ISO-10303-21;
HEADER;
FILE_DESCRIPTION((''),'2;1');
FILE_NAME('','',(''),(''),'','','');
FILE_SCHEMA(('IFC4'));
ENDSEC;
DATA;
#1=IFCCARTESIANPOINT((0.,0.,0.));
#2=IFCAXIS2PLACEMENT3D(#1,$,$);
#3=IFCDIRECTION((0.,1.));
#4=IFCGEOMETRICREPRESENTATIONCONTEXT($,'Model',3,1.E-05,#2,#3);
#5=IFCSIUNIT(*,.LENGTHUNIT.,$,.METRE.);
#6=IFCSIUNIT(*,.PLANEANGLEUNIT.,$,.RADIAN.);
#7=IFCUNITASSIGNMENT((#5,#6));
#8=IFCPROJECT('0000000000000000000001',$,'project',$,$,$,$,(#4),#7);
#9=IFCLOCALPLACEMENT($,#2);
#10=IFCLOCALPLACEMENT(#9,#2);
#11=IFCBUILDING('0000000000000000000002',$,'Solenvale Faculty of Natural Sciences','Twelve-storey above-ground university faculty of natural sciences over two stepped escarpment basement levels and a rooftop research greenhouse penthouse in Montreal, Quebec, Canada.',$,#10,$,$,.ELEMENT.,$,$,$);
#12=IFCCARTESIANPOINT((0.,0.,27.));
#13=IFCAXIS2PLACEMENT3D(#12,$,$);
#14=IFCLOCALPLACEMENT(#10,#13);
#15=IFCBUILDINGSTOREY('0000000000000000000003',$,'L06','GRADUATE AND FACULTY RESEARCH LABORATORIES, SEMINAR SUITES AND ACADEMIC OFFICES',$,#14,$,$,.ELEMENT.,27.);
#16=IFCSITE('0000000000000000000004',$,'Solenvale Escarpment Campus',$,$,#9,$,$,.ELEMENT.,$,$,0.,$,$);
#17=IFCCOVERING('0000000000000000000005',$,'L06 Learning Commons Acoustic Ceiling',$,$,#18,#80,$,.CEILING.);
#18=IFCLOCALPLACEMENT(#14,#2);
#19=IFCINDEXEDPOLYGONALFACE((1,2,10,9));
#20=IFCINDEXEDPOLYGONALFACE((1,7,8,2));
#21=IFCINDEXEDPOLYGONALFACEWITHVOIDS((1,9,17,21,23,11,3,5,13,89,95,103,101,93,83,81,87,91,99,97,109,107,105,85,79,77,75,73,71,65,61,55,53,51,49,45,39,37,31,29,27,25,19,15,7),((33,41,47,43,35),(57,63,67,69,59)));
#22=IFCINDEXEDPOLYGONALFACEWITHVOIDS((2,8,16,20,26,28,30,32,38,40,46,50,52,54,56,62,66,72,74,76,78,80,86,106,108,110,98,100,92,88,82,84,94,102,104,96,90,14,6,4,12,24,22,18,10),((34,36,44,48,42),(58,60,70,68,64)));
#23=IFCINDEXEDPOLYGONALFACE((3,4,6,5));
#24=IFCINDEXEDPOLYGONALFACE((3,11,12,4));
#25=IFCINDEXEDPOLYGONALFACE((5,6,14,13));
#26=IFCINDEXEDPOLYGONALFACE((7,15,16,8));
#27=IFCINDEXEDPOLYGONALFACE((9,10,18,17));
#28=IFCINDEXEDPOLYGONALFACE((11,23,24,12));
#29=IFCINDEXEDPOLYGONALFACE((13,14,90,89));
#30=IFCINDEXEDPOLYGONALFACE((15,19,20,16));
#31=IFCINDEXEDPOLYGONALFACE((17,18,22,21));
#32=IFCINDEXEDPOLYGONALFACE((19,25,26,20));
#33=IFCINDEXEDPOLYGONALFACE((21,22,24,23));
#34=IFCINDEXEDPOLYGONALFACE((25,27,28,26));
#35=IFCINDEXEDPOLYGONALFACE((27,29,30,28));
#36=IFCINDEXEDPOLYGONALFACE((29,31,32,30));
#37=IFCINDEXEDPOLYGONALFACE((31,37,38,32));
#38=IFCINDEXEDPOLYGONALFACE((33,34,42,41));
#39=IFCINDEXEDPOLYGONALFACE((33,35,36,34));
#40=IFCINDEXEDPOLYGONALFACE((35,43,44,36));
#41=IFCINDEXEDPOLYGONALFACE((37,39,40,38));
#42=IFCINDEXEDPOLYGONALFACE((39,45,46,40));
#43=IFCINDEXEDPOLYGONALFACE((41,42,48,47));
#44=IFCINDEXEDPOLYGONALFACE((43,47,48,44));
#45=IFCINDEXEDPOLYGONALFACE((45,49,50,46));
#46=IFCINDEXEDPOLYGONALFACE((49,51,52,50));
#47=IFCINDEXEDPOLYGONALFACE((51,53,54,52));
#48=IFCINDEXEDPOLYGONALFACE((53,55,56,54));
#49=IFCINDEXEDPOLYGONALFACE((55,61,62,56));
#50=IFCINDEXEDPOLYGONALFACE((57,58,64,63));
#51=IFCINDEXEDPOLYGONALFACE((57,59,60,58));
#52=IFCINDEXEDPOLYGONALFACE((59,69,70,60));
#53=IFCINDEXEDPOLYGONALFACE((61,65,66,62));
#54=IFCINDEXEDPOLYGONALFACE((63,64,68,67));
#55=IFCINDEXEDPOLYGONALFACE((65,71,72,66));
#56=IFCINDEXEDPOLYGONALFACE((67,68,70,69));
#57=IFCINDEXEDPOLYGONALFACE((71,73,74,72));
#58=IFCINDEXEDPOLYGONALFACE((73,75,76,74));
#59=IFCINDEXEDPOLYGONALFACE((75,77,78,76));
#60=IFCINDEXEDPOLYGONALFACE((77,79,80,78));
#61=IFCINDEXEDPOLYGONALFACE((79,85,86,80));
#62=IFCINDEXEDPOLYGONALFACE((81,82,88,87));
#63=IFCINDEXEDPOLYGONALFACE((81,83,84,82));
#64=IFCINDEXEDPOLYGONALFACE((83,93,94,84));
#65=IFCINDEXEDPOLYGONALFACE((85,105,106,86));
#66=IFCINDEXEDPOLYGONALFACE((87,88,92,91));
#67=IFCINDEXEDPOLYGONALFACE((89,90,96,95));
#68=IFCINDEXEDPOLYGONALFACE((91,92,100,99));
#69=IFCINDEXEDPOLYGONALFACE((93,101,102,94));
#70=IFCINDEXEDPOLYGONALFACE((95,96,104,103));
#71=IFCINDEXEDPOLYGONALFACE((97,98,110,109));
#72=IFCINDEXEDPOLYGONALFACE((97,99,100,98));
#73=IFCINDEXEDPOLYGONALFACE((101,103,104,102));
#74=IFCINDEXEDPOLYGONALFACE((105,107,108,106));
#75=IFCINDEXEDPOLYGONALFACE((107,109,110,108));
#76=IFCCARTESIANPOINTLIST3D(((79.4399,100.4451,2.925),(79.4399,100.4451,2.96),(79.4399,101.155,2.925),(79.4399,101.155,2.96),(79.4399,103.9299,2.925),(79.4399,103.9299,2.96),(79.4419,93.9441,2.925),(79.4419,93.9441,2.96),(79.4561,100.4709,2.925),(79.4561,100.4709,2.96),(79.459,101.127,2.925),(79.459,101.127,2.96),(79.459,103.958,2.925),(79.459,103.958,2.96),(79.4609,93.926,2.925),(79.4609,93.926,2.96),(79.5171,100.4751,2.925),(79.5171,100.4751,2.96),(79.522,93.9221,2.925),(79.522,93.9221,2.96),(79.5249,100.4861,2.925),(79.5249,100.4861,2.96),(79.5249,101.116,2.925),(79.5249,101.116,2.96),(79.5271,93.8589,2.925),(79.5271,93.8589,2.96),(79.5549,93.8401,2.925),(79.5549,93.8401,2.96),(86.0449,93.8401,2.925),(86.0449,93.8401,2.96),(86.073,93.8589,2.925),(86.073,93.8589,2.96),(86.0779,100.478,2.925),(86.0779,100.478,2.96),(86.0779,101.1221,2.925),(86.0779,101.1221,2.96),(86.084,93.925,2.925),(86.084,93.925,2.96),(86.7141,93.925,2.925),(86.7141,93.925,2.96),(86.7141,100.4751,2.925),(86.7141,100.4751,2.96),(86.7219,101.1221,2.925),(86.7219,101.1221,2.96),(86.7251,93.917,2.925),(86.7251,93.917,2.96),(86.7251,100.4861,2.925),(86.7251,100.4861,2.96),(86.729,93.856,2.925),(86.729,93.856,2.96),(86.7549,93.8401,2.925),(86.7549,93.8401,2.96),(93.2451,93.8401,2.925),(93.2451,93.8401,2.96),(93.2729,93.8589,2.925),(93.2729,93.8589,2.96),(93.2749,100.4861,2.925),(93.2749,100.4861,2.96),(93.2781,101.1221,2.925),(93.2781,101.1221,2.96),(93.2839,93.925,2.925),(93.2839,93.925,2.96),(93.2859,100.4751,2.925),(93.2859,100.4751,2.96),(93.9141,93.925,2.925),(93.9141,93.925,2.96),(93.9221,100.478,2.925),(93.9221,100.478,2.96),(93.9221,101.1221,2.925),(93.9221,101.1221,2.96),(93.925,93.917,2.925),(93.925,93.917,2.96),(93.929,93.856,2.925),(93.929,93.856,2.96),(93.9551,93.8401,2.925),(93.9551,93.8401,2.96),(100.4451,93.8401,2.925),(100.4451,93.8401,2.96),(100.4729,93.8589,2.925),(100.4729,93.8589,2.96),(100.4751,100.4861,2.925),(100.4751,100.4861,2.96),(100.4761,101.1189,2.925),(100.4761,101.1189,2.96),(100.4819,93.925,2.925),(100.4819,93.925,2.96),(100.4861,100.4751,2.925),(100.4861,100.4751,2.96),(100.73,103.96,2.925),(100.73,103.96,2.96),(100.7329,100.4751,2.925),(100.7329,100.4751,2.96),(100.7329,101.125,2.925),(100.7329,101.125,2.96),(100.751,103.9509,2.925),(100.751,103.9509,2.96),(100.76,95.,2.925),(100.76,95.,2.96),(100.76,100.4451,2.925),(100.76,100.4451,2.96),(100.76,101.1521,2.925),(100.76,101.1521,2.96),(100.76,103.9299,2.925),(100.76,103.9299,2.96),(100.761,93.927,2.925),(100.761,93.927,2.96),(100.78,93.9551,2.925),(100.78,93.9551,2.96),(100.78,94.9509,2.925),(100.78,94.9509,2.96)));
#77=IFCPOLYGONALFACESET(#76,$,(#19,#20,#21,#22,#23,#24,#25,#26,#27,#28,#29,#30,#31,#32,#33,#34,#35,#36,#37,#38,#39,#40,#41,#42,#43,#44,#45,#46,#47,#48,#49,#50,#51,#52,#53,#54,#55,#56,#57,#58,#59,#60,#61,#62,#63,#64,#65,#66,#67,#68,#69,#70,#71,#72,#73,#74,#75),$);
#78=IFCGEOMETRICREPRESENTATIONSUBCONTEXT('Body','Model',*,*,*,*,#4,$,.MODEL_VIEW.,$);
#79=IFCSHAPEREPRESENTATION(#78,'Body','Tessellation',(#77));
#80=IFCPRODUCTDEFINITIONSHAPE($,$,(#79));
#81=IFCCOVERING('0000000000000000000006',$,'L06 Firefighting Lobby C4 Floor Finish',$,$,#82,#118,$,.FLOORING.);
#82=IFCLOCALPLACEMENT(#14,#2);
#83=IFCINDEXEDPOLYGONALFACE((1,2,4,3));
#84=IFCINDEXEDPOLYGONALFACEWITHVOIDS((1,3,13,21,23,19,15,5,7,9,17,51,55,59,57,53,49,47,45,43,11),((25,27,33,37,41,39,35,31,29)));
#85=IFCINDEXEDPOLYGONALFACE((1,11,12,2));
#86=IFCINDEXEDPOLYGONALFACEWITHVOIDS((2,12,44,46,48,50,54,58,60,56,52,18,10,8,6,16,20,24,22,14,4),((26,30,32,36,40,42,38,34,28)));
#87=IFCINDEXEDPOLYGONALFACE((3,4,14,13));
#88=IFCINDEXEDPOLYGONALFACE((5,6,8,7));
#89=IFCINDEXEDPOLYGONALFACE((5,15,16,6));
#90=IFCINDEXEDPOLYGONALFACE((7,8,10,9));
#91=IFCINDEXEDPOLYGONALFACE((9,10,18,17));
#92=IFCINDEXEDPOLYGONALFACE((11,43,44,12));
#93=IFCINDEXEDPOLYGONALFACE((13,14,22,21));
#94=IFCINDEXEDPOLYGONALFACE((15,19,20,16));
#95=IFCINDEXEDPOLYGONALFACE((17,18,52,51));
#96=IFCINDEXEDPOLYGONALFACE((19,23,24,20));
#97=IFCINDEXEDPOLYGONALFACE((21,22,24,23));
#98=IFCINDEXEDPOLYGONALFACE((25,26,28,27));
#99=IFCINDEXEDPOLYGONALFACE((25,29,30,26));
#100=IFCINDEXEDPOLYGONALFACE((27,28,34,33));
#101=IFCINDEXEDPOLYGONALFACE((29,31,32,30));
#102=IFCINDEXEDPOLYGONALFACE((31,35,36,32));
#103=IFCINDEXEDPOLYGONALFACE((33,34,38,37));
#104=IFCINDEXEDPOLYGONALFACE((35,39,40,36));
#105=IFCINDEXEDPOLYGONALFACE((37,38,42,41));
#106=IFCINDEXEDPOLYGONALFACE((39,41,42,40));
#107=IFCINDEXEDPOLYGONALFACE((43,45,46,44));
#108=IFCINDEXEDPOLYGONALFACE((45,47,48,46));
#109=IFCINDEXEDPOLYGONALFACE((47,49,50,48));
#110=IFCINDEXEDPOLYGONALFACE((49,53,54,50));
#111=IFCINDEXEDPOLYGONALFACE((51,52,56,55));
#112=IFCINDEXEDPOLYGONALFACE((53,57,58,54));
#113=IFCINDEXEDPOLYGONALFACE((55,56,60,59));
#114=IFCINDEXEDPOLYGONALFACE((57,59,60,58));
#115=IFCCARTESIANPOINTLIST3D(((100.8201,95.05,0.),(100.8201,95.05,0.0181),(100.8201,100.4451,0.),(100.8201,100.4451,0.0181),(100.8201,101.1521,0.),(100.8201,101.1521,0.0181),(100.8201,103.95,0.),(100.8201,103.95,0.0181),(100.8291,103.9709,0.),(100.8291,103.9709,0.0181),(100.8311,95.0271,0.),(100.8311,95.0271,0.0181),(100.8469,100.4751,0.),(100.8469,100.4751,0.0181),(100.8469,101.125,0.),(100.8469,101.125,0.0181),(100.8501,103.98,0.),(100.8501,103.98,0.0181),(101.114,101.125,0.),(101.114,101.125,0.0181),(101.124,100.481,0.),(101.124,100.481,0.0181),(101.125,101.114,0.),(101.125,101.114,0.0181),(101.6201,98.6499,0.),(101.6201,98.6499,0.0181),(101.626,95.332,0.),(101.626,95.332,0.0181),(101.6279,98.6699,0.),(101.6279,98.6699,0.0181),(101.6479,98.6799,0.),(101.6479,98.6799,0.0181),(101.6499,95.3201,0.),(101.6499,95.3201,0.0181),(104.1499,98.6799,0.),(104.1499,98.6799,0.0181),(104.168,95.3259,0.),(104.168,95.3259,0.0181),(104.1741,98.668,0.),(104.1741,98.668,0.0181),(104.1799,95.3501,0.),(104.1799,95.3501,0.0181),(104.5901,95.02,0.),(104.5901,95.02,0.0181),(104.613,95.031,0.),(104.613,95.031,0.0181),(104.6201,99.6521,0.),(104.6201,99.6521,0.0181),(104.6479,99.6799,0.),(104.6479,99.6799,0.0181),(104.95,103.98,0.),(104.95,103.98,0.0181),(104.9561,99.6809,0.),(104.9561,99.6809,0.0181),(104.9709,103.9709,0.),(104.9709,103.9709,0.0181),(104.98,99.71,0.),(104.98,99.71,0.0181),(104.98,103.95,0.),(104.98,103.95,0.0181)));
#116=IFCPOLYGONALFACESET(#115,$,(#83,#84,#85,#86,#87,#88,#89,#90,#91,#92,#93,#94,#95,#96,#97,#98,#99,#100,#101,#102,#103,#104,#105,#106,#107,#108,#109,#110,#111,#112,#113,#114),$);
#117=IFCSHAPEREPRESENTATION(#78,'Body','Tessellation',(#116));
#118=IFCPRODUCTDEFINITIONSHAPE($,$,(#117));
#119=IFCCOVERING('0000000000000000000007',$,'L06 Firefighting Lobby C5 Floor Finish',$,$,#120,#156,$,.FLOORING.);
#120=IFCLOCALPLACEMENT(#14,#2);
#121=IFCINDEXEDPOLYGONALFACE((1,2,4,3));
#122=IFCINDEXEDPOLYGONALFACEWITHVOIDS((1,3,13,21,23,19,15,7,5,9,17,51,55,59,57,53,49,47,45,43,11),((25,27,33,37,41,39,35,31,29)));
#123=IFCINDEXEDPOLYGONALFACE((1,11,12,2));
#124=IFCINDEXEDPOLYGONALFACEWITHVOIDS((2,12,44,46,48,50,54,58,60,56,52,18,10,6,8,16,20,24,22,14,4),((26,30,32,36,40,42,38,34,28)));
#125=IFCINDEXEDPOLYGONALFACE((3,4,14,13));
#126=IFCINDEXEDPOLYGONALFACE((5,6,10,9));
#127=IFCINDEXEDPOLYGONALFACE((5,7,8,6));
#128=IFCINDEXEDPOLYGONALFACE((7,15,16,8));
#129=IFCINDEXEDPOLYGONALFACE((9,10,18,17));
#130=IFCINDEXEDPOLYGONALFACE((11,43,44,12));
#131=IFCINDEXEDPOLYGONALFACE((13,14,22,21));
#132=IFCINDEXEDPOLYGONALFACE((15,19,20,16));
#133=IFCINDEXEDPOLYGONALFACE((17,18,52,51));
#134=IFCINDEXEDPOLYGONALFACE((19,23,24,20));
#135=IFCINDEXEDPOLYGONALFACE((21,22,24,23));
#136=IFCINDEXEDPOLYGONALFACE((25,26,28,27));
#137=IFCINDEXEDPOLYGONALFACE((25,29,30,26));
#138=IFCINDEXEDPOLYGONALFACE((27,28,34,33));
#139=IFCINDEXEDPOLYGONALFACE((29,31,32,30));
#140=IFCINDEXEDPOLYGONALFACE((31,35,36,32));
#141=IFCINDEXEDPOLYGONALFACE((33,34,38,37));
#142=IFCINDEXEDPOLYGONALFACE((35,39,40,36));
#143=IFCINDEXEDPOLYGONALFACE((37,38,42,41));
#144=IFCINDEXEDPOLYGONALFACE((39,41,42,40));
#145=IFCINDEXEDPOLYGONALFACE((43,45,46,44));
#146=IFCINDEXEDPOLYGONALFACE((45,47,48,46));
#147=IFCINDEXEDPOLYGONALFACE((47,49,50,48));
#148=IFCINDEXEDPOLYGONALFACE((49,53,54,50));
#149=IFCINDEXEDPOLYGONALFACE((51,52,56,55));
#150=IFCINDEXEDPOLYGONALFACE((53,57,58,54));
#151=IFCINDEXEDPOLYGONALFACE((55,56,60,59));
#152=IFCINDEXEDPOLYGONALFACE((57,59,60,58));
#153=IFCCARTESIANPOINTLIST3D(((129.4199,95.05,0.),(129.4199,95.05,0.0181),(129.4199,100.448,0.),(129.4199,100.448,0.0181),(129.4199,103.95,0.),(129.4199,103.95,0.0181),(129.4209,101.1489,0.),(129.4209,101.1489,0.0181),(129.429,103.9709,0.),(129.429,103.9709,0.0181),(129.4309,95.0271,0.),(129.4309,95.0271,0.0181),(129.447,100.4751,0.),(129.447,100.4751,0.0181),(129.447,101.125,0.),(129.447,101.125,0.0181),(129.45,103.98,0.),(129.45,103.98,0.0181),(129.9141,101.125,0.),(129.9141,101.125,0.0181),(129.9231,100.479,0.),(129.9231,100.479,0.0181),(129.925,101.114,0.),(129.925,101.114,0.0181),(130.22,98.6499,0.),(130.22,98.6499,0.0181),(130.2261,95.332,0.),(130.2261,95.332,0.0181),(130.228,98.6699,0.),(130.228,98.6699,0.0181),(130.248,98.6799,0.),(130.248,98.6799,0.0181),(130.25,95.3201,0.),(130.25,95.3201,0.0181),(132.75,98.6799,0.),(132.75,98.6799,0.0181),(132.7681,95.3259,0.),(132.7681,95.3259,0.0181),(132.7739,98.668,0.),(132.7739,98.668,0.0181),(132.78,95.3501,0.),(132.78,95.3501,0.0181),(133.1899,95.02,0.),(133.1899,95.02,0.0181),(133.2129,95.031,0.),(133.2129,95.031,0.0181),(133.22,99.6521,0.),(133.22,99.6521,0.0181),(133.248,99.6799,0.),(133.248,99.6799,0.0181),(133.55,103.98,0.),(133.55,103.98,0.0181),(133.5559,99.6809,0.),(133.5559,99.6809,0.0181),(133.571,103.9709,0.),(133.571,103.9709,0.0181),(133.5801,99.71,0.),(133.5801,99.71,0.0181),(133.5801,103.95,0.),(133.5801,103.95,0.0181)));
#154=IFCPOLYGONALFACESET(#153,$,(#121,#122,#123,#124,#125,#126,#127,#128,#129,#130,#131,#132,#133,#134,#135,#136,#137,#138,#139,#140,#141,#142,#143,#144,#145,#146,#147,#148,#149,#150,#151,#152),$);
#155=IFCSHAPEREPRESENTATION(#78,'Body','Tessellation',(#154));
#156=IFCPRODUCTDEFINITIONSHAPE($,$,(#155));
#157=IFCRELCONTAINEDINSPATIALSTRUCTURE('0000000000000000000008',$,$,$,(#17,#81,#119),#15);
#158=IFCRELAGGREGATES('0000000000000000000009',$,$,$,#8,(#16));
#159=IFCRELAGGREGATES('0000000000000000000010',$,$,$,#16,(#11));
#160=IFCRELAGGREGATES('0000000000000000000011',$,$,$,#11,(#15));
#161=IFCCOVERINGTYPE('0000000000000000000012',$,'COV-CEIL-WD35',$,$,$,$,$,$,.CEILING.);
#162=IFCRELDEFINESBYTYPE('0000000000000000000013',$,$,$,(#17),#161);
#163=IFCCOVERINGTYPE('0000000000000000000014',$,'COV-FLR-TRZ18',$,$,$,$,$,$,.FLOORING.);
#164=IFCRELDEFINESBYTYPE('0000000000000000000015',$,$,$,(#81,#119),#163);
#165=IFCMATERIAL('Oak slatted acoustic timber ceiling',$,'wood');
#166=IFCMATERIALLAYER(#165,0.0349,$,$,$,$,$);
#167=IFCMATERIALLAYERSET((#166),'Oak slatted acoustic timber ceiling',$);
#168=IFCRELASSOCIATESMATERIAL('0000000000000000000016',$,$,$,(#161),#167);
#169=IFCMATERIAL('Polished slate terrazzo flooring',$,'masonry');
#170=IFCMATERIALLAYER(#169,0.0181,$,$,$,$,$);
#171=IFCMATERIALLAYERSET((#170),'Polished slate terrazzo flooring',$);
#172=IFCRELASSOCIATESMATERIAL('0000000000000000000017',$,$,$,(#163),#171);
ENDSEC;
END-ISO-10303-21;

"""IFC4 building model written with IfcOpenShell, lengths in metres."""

from ifc_helpers import new_model, si_unit, direction, frame, origin, place, context, subcontext, project, spatial, polyline, outline, extrude, material, layer, layer_set, type_object, element, save


model = new_model("IFC4")

# Units and contexts
model_context = context("Model", 3, precision=1e-05, world=origin(), true_north=direction((0.0, 1.0)))
body_context = subcontext(model_context, "Body", "Model", "MODEL_VIEW")
ifc_project = project(units=[si_unit("LENGTHUNIT", "METRE"), si_unit("PLANEANGLEUNIT", "RADIAN")], contexts=[model_context])

# Site, building, storey
site_placement = place(None, origin())
site = spatial("IfcSite", under=ifc_project, at=site_placement, Name="Solenvale Escarpment Campus", CompositionType="ELEMENT", RefElevation=0.0)
building_placement = place(site_placement, origin())
building = spatial("IfcBuilding", under=site, at=building_placement, Name="Solenvale Faculty of Natural Sciences", Description="Twelve-storey above-ground university faculty of natural sciences over two stepped escarpment basement levels and a rooftop research greenhouse penthouse in Montreal, Quebec, Canada.", CompositionType="ELEMENT")
storey_placement = place(building_placement, frame((0.0, 0.0, 27.0)))
storey = spatial("IfcBuildingStorey", under=building, at=storey_placement, Name="L06", Description="GRADUATE AND FACULTY RESEARCH LABORATORIES, SEMINAR SUITES AND ACADEMIC OFFICES", CompositionType="ELEMENT", Elevation=27.0)

# Coverings
ifc_material_1 = material(Name="Oak slatted acoustic timber ceiling", Category="wood")
ifc_layer_1 = layer(ifc_material_1, 0.0349)
ifc_layer_set_1 = layer_set([ifc_layer_1], Name="Oak slatted acoustic timber ceiling")
covering_type_1 = type_object("IfcCoveringType", Name="COV-CEIL-WD35", PredefinedType="CEILING", material=ifc_layer_set_1)
covering_1_placement = place(storey_placement, frame((0.0, 0.0, 2.925)))
element("IfcCovering", 1, at=covering_1_placement, inside=storey, type_object=covering_type_1, Name="L06 Learning Commons Acoustic Ceiling", PredefinedType="CEILING", context=body_context, shape_type="SweptSolid", body=[
    extrude(outline(polyline([(100.73, 103.96), (100.751, 103.9509), (100.76, 103.9299), (100.76, 101.1521), (100.7329, 101.125), (100.4761, 101.1189), (100.4751, 100.4861), (100.4861, 100.4751), (100.7329, 100.4751), (100.76, 100.4451), (100.76, 95.0), (100.78, 94.9509), (100.78, 93.9551), (100.761, 93.927), (100.4819, 93.925), (100.4729, 93.8589), (100.4451, 93.8401), (93.9551, 93.8401), (93.929, 93.856), (93.925, 93.917), (93.9141, 93.925), (93.2839, 93.925), (93.2729, 93.8589), (93.2451, 93.8401), (86.7549, 93.8401), (86.729, 93.856), (86.7251, 93.917), (86.7141, 93.925), (86.084, 93.925), (86.073, 93.8589), (86.0449, 93.8401), (79.5549, 93.8401), (79.5271, 93.8589), (79.522, 93.9221), (79.4609, 93.926), (79.4419, 93.9441), (79.4399, 100.4451), (79.4561, 100.4709), (79.5171, 100.4751), (79.5249, 100.4861), (79.5249, 101.116), (79.459, 101.127), (79.4399, 101.155), (79.4399, 103.9299), (79.459, 103.958), (100.73, 103.96)]), holes=[polyline([(93.2749, 100.4861), (93.2859, 100.4751), (93.9221, 100.478), (93.9221, 101.1221), (93.2781, 101.1221), (93.2749, 100.4861)]), polyline([(86.7141, 100.4751), (86.7251, 100.4861), (86.7219, 101.1221), (86.0779, 101.1221), (86.0779, 100.478), (86.7141, 100.4751)])]), origin(), (0.0, 0.0, 1.0), 0.0349),
])
ifc_material_2 = material(Name="Polished slate terrazzo flooring", Category="masonry")
ifc_layer_2 = layer(ifc_material_2, 0.0181)
ifc_layer_set_2 = layer_set([ifc_layer_2], Name="Polished slate terrazzo flooring")
covering_type_2 = type_object("IfcCoveringType", Name="COV-FLR-TRZ18", PredefinedType="FLOORING", material=ifc_layer_set_2)
covering_2_placement = place(storey_placement, origin())
element("IfcCovering", 2, at=covering_2_placement, inside=storey, type_object=covering_type_2, Name="L06 Firefighting Lobby C4 Floor Finish", PredefinedType="FLOORING", context=body_context, shape_type="SweptSolid", body=[
    extrude(outline(polyline([(104.98, 99.71), (104.9561, 99.6809), (104.6479, 99.6799), (104.6201, 99.6521), (104.613, 95.031), (104.5901, 95.02), (100.8311, 95.0271), (100.8201, 95.05), (100.8201, 100.4451), (100.8469, 100.4751), (101.124, 100.481), (101.125, 101.114), (101.114, 101.125), (100.8469, 101.125), (100.8201, 101.1521), (100.8201, 103.95), (100.8291, 103.9709), (100.8501, 103.98), (104.95, 103.98), (104.9709, 103.9709), (104.98, 103.95), (104.98, 99.71)]), holes=[polyline([(101.6479, 98.6799), (101.6279, 98.6699), (101.6201, 98.6499), (101.626, 95.332), (101.6499, 95.3201), (104.168, 95.3259), (104.1799, 95.3501), (104.1741, 98.668), (104.1499, 98.6799), (101.6479, 98.6799)])]), origin(), (0.0, 0.0, 1.0), 0.0181),
])
covering_3_placement = place(storey_placement, origin())
element("IfcCovering", 3, at=covering_3_placement, inside=storey, type_object=covering_type_2, Name="L06 Firefighting Lobby C5 Floor Finish", PredefinedType="FLOORING", context=body_context, shape_type="SweptSolid", body=[
    extrude(outline(polyline([(133.5801, 99.71), (133.5559, 99.6809), (133.248, 99.6799), (133.22, 99.6521), (133.2129, 95.031), (133.1899, 95.02), (129.4309, 95.0271), (129.4199, 95.05), (129.4199, 100.448), (129.447, 100.4751), (129.9231, 100.479), (129.925, 101.114), (129.9141, 101.125), (129.447, 101.125), (129.4209, 101.1489), (129.4199, 103.95), (129.429, 103.9709), (129.45, 103.98), (133.55, 103.98), (133.571, 103.9709), (133.5801, 103.95), (133.5801, 99.71)]), holes=[polyline([(130.248, 98.6799), (130.228, 98.6699), (130.22, 98.6499), (130.2261, 95.332), (130.25, 95.3201), (132.7681, 95.3259), (132.78, 95.3501), (132.7739, 98.668), (132.75, 98.6799), (130.248, 98.6799)])]), origin(), (0.0, 0.0, 1.0), 0.0181),
])

save(model, "model.ifc")
